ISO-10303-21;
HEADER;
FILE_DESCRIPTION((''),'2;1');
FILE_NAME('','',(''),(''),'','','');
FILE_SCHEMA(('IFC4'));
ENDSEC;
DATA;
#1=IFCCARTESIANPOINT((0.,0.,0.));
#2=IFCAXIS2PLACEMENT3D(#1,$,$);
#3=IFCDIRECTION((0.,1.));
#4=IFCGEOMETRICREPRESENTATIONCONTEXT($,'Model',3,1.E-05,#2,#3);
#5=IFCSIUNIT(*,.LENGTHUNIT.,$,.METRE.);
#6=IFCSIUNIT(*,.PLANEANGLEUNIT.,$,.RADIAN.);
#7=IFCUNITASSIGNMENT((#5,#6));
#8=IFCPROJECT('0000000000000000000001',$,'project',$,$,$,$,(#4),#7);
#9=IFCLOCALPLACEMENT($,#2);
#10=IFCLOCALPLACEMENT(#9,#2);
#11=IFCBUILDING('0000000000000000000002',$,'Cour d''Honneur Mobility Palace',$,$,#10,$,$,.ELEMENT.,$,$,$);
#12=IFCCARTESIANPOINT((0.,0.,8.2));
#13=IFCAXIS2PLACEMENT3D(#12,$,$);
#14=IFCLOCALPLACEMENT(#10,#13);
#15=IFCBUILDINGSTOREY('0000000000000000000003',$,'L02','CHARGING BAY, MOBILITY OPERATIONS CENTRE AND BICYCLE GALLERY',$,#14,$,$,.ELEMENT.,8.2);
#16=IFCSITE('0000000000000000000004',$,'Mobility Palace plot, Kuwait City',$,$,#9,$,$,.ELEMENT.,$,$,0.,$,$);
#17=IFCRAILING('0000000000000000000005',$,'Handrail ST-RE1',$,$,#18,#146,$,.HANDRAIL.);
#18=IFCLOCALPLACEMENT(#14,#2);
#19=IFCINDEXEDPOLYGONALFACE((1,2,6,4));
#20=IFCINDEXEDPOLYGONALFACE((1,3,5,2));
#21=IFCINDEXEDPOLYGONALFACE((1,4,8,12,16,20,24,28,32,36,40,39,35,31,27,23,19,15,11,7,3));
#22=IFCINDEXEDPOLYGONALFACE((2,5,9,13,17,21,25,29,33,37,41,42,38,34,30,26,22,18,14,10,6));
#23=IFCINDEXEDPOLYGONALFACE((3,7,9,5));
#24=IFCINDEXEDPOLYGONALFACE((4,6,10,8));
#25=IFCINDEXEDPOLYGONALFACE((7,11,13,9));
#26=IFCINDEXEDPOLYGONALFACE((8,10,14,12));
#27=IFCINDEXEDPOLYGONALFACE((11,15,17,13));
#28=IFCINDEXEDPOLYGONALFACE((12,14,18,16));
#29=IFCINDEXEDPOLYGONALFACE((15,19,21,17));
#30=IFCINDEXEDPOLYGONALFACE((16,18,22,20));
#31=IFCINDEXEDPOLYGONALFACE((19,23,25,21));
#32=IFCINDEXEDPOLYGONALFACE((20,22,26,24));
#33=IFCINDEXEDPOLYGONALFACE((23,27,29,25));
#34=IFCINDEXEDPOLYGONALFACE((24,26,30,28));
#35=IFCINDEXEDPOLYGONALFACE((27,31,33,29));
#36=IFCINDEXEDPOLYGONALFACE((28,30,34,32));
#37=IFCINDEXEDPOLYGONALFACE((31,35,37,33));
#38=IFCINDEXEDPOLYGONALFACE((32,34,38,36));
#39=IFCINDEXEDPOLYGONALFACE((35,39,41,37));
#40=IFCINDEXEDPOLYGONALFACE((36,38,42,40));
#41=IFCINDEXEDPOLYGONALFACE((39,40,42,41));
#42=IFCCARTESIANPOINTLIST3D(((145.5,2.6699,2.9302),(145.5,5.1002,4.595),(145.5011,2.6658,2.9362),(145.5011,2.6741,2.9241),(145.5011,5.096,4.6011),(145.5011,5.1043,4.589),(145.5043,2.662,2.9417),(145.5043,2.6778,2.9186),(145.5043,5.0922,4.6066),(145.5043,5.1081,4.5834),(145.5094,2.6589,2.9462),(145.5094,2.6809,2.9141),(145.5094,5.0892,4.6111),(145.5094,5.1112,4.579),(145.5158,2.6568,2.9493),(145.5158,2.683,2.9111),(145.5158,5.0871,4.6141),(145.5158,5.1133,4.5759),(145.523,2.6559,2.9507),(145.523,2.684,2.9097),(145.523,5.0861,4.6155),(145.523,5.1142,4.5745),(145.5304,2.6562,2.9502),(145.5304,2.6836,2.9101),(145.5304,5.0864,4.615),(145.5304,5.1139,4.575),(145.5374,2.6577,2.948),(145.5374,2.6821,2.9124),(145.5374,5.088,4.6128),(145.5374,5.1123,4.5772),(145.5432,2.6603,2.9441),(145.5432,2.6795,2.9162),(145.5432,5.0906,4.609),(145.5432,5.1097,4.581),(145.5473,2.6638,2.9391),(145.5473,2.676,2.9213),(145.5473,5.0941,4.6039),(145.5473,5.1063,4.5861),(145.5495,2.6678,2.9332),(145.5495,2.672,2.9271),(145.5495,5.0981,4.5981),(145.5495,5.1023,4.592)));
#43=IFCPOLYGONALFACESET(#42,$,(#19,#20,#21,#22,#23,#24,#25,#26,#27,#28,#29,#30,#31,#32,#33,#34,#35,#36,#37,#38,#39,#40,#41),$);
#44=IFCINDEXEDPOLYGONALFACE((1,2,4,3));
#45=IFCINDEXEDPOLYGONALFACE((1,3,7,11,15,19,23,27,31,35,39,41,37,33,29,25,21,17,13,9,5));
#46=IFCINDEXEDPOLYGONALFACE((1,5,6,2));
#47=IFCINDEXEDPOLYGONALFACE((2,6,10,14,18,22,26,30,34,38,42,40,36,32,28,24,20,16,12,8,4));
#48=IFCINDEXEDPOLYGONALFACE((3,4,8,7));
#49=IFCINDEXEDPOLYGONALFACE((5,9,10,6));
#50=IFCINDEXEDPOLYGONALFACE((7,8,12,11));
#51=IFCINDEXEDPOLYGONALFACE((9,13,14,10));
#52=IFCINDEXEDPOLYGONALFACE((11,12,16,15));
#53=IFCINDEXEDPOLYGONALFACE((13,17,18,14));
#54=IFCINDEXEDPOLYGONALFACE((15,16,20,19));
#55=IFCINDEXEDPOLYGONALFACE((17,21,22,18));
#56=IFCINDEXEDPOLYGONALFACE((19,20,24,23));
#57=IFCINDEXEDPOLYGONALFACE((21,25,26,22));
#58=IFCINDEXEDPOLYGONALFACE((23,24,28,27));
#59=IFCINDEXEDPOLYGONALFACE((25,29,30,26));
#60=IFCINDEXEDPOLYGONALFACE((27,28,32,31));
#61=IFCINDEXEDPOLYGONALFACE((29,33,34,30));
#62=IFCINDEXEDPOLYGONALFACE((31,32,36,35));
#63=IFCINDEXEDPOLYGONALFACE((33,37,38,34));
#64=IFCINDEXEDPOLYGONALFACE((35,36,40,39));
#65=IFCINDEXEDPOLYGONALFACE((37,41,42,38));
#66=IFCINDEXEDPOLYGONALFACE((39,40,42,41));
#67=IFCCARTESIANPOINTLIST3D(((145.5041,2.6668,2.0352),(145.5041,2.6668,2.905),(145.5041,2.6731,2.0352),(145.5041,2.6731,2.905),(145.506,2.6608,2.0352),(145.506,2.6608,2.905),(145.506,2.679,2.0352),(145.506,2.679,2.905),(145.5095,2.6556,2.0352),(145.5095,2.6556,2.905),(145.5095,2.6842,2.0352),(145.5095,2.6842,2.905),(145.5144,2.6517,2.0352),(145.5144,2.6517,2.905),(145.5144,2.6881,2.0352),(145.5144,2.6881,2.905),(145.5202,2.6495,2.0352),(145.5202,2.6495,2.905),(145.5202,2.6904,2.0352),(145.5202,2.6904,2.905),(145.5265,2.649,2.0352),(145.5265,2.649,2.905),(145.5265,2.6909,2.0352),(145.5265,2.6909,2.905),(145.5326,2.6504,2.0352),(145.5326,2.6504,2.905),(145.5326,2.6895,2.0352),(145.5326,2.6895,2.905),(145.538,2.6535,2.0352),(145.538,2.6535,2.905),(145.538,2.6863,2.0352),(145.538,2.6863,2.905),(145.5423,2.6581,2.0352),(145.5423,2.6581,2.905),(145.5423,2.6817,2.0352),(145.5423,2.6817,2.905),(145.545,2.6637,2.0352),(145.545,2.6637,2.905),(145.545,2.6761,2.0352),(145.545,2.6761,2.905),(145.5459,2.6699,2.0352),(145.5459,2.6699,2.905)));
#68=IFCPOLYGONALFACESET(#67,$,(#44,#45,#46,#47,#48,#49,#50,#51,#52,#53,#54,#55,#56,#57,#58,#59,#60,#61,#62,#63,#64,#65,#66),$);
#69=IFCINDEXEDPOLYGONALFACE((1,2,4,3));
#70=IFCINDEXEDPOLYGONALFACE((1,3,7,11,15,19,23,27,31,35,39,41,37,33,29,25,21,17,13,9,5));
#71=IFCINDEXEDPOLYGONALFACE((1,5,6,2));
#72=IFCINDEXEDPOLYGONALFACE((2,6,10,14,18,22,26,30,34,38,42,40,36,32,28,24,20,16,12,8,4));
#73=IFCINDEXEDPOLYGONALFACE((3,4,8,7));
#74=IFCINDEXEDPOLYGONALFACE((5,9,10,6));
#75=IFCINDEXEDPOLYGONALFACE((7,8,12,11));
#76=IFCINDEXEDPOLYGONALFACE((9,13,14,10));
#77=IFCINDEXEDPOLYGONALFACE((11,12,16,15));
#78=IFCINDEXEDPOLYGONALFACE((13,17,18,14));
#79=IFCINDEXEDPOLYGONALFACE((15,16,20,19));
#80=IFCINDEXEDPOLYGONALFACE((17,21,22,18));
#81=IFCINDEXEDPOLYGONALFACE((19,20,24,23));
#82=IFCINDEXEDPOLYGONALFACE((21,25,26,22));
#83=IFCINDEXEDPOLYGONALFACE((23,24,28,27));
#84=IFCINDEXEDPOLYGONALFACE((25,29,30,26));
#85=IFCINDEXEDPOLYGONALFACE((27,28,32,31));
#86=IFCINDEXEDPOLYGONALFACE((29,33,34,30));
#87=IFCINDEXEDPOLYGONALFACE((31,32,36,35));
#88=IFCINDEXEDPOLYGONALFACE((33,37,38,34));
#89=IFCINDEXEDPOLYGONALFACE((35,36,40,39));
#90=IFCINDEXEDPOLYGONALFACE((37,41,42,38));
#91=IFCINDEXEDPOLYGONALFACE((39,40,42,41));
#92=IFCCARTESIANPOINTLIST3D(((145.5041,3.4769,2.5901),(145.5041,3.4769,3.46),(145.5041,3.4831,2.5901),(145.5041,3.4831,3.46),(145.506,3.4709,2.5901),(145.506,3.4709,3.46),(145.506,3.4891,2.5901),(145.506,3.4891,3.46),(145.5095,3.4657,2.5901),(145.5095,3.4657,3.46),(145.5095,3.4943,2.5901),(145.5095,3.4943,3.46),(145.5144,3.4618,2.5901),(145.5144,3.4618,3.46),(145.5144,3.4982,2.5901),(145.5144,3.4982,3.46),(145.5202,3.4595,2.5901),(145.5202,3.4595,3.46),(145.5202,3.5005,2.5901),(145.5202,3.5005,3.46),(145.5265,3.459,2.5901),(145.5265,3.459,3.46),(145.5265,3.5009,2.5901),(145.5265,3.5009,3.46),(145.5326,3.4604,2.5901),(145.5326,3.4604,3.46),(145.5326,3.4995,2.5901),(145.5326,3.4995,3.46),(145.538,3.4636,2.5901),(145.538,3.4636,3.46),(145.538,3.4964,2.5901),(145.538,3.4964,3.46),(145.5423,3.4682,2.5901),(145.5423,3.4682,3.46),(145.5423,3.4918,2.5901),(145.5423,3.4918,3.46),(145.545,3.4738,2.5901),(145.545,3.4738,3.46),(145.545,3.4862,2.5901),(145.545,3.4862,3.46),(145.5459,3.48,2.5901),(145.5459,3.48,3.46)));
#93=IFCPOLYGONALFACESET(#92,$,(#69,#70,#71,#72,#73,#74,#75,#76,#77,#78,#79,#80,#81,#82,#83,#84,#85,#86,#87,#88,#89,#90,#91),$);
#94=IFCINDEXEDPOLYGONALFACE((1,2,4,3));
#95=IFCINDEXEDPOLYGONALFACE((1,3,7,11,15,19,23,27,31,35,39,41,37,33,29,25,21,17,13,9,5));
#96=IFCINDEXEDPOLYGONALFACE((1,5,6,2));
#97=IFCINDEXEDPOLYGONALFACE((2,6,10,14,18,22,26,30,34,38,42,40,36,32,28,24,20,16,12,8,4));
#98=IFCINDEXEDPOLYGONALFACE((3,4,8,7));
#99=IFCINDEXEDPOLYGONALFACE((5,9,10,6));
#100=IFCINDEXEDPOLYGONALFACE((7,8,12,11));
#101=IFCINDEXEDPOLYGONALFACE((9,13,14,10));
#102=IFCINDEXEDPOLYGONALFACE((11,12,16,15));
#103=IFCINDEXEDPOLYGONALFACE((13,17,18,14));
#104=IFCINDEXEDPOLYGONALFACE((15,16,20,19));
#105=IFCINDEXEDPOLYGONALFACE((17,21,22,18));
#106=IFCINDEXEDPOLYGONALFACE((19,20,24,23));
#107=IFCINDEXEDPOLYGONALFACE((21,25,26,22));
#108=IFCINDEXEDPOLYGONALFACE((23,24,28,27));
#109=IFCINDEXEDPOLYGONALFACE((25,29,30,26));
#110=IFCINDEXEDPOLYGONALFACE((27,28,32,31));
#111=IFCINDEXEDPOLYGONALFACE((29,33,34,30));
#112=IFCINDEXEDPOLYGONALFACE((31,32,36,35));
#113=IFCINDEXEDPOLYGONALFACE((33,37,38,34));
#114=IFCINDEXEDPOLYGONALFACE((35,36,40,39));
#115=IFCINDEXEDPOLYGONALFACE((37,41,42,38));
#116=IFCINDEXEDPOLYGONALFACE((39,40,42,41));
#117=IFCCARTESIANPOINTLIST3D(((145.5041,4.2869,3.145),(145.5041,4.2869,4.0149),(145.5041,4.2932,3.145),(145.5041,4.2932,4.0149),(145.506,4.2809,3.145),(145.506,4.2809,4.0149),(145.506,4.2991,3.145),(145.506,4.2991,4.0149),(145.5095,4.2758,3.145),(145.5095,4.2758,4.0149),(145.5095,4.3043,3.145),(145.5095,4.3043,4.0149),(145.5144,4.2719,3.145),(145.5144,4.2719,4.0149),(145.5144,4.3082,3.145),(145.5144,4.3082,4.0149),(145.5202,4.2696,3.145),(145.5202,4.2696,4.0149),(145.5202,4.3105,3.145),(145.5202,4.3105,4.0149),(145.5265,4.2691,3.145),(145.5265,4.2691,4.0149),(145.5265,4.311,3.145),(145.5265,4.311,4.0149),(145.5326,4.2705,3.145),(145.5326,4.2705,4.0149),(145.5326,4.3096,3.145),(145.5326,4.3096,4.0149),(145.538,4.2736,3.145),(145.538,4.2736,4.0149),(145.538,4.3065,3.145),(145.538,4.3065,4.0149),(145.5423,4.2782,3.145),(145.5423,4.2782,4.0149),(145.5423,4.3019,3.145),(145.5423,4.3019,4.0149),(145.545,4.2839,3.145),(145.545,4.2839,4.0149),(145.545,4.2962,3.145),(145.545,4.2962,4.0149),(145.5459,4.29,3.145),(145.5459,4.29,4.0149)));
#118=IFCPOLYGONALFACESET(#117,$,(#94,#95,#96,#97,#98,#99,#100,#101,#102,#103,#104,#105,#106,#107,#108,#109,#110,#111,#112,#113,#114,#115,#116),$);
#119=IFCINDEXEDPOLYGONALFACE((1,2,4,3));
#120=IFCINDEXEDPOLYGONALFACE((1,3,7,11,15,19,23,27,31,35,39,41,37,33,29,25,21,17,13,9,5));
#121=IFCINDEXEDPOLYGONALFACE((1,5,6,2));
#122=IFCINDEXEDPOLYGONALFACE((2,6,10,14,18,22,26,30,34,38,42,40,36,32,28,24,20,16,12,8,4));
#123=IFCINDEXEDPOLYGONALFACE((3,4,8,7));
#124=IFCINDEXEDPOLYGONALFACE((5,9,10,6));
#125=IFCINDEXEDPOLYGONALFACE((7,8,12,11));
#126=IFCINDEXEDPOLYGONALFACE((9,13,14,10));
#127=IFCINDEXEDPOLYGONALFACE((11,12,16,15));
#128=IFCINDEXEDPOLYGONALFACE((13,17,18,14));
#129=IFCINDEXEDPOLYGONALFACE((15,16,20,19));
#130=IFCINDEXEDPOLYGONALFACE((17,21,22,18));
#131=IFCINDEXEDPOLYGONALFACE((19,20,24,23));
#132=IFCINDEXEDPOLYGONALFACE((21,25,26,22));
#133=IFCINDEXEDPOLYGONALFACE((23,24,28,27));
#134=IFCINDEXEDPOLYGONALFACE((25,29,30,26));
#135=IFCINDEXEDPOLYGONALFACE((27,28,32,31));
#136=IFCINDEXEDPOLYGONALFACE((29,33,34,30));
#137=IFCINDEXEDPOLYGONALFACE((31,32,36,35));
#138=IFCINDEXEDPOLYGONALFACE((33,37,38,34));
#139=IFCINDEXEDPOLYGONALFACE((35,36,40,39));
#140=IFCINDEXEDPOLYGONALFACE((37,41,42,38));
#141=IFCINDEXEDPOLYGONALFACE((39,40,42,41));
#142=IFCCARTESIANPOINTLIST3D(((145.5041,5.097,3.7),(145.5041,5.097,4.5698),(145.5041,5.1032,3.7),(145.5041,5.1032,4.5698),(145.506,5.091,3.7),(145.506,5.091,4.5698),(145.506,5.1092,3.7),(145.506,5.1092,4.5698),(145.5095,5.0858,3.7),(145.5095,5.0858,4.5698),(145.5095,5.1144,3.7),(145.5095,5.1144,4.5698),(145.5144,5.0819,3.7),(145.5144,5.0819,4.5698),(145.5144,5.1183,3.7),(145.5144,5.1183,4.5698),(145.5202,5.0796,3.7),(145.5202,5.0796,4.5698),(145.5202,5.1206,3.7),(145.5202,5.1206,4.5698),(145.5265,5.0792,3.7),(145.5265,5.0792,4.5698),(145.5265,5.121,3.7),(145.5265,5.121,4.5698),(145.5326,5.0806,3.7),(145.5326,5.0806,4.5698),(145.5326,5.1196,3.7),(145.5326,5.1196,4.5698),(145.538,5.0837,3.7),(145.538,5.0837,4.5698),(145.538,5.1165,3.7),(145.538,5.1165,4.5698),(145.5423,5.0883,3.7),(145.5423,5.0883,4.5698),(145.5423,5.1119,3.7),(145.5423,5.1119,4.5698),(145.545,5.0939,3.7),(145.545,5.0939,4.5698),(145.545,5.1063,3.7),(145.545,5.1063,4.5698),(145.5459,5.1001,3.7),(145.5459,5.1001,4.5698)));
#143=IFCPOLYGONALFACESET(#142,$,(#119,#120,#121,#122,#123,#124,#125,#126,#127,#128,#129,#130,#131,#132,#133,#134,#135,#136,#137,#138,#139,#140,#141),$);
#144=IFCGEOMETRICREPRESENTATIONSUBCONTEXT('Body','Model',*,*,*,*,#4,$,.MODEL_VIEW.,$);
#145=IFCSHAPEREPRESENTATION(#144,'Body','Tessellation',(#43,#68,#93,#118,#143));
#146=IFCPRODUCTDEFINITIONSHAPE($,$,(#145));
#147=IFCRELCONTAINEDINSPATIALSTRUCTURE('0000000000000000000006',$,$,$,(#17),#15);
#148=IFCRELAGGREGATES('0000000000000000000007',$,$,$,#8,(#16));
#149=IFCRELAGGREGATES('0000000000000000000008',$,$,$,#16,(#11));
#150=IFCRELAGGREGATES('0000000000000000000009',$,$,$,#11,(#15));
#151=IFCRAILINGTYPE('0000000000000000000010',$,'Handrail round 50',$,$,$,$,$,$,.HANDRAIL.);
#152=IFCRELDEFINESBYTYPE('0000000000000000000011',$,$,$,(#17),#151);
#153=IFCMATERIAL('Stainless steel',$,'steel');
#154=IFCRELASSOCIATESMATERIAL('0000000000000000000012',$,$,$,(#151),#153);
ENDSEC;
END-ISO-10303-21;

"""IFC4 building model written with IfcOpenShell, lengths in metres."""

from ifc_helpers import new_model, si_unit, direction, frame, origin, origin_2d, place, context, subcontext, project, spatial, circle, extrude, material, type_object, element, save


model = new_model("IFC4")

# Units and contexts
model_context = context("Model", 3, precision=1e-05, world=origin(), true_north=direction((0.0, 1.0)))
body_context = subcontext(model_context, "Body", "Model", "MODEL_VIEW")
ifc_project = project(units=[si_unit("LENGTHUNIT", "METRE"), si_unit("PLANEANGLEUNIT", "RADIAN")], contexts=[model_context])

# Site, building, storey
site_placement = place(None, origin())
site = spatial("IfcSite", under=ifc_project, at=site_placement, Name="Mobility Palace plot, Kuwait City", CompositionType="ELEMENT", RefElevation=0.0)
building_placement = place(site_placement, origin())
building = spatial("IfcBuilding", under=site, at=building_placement, Name="Cour d'Honneur Mobility Palace", CompositionType="ELEMENT")
storey_placement = place(building_placement, frame((0.0, 0.0, 8.2)))
storey = spatial("IfcBuildingStorey", under=building, at=storey_placement, Name="L02", Description="CHARGING BAY, MOBILITY OPERATIONS CENTRE AND BICYCLE GALLERY", CompositionType="ELEMENT", Elevation=8.2)

# Railing
ifc_material_1 = material(Name="Stainless steel", Category="steel")
railing_type_1 = type_object("IfcRailingType", Name="Handrail round 50", PredefinedType="HANDRAIL", material=ifc_material_1)
for number, where, name in (
    (1, (145.5249, 2.6699, 2.0352), "Handrail ST-RE1"),
):
    element("IfcRailing", number, at=place(storey_placement, frame(where)), inside=storey, type_object=railing_type_1, Name=name, PredefinedType="HANDRAIL", context=body_context, shape_type="SweptSolid", body=[
        extrude(circle(Radius=0.0249, at=origin_2d()), frame((0.0, 0.0, 0.895), z_axis=(0.0, 0.824984, 0.565156), x_axis=(-1.0, 0.0, 0.0)), (0.0, 0.0, 1.0), 2.9458),
        extrude(circle(Radius=0.021, at=origin_2d()), origin(), (0.0, 0.0, 1.0), 0.8699),
        extrude(circle(Radius=0.021, at=origin_2d()), frame((0.0, 0.8101, 0.5549)), (0.0, 0.0, 1.0), 0.8699),
        extrude(circle(Radius=0.021, at=origin_2d()), frame((0.0, 1.6201, 1.1099)), (0.0, 0.0, 1.0), 0.8699),
        extrude(circle(Radius=0.021, at=origin_2d()), frame((0.0, 2.4302, 1.6648)), (0.0, 0.0, 1.0), 0.8699),
    ])

save(model, "model.ifc")
